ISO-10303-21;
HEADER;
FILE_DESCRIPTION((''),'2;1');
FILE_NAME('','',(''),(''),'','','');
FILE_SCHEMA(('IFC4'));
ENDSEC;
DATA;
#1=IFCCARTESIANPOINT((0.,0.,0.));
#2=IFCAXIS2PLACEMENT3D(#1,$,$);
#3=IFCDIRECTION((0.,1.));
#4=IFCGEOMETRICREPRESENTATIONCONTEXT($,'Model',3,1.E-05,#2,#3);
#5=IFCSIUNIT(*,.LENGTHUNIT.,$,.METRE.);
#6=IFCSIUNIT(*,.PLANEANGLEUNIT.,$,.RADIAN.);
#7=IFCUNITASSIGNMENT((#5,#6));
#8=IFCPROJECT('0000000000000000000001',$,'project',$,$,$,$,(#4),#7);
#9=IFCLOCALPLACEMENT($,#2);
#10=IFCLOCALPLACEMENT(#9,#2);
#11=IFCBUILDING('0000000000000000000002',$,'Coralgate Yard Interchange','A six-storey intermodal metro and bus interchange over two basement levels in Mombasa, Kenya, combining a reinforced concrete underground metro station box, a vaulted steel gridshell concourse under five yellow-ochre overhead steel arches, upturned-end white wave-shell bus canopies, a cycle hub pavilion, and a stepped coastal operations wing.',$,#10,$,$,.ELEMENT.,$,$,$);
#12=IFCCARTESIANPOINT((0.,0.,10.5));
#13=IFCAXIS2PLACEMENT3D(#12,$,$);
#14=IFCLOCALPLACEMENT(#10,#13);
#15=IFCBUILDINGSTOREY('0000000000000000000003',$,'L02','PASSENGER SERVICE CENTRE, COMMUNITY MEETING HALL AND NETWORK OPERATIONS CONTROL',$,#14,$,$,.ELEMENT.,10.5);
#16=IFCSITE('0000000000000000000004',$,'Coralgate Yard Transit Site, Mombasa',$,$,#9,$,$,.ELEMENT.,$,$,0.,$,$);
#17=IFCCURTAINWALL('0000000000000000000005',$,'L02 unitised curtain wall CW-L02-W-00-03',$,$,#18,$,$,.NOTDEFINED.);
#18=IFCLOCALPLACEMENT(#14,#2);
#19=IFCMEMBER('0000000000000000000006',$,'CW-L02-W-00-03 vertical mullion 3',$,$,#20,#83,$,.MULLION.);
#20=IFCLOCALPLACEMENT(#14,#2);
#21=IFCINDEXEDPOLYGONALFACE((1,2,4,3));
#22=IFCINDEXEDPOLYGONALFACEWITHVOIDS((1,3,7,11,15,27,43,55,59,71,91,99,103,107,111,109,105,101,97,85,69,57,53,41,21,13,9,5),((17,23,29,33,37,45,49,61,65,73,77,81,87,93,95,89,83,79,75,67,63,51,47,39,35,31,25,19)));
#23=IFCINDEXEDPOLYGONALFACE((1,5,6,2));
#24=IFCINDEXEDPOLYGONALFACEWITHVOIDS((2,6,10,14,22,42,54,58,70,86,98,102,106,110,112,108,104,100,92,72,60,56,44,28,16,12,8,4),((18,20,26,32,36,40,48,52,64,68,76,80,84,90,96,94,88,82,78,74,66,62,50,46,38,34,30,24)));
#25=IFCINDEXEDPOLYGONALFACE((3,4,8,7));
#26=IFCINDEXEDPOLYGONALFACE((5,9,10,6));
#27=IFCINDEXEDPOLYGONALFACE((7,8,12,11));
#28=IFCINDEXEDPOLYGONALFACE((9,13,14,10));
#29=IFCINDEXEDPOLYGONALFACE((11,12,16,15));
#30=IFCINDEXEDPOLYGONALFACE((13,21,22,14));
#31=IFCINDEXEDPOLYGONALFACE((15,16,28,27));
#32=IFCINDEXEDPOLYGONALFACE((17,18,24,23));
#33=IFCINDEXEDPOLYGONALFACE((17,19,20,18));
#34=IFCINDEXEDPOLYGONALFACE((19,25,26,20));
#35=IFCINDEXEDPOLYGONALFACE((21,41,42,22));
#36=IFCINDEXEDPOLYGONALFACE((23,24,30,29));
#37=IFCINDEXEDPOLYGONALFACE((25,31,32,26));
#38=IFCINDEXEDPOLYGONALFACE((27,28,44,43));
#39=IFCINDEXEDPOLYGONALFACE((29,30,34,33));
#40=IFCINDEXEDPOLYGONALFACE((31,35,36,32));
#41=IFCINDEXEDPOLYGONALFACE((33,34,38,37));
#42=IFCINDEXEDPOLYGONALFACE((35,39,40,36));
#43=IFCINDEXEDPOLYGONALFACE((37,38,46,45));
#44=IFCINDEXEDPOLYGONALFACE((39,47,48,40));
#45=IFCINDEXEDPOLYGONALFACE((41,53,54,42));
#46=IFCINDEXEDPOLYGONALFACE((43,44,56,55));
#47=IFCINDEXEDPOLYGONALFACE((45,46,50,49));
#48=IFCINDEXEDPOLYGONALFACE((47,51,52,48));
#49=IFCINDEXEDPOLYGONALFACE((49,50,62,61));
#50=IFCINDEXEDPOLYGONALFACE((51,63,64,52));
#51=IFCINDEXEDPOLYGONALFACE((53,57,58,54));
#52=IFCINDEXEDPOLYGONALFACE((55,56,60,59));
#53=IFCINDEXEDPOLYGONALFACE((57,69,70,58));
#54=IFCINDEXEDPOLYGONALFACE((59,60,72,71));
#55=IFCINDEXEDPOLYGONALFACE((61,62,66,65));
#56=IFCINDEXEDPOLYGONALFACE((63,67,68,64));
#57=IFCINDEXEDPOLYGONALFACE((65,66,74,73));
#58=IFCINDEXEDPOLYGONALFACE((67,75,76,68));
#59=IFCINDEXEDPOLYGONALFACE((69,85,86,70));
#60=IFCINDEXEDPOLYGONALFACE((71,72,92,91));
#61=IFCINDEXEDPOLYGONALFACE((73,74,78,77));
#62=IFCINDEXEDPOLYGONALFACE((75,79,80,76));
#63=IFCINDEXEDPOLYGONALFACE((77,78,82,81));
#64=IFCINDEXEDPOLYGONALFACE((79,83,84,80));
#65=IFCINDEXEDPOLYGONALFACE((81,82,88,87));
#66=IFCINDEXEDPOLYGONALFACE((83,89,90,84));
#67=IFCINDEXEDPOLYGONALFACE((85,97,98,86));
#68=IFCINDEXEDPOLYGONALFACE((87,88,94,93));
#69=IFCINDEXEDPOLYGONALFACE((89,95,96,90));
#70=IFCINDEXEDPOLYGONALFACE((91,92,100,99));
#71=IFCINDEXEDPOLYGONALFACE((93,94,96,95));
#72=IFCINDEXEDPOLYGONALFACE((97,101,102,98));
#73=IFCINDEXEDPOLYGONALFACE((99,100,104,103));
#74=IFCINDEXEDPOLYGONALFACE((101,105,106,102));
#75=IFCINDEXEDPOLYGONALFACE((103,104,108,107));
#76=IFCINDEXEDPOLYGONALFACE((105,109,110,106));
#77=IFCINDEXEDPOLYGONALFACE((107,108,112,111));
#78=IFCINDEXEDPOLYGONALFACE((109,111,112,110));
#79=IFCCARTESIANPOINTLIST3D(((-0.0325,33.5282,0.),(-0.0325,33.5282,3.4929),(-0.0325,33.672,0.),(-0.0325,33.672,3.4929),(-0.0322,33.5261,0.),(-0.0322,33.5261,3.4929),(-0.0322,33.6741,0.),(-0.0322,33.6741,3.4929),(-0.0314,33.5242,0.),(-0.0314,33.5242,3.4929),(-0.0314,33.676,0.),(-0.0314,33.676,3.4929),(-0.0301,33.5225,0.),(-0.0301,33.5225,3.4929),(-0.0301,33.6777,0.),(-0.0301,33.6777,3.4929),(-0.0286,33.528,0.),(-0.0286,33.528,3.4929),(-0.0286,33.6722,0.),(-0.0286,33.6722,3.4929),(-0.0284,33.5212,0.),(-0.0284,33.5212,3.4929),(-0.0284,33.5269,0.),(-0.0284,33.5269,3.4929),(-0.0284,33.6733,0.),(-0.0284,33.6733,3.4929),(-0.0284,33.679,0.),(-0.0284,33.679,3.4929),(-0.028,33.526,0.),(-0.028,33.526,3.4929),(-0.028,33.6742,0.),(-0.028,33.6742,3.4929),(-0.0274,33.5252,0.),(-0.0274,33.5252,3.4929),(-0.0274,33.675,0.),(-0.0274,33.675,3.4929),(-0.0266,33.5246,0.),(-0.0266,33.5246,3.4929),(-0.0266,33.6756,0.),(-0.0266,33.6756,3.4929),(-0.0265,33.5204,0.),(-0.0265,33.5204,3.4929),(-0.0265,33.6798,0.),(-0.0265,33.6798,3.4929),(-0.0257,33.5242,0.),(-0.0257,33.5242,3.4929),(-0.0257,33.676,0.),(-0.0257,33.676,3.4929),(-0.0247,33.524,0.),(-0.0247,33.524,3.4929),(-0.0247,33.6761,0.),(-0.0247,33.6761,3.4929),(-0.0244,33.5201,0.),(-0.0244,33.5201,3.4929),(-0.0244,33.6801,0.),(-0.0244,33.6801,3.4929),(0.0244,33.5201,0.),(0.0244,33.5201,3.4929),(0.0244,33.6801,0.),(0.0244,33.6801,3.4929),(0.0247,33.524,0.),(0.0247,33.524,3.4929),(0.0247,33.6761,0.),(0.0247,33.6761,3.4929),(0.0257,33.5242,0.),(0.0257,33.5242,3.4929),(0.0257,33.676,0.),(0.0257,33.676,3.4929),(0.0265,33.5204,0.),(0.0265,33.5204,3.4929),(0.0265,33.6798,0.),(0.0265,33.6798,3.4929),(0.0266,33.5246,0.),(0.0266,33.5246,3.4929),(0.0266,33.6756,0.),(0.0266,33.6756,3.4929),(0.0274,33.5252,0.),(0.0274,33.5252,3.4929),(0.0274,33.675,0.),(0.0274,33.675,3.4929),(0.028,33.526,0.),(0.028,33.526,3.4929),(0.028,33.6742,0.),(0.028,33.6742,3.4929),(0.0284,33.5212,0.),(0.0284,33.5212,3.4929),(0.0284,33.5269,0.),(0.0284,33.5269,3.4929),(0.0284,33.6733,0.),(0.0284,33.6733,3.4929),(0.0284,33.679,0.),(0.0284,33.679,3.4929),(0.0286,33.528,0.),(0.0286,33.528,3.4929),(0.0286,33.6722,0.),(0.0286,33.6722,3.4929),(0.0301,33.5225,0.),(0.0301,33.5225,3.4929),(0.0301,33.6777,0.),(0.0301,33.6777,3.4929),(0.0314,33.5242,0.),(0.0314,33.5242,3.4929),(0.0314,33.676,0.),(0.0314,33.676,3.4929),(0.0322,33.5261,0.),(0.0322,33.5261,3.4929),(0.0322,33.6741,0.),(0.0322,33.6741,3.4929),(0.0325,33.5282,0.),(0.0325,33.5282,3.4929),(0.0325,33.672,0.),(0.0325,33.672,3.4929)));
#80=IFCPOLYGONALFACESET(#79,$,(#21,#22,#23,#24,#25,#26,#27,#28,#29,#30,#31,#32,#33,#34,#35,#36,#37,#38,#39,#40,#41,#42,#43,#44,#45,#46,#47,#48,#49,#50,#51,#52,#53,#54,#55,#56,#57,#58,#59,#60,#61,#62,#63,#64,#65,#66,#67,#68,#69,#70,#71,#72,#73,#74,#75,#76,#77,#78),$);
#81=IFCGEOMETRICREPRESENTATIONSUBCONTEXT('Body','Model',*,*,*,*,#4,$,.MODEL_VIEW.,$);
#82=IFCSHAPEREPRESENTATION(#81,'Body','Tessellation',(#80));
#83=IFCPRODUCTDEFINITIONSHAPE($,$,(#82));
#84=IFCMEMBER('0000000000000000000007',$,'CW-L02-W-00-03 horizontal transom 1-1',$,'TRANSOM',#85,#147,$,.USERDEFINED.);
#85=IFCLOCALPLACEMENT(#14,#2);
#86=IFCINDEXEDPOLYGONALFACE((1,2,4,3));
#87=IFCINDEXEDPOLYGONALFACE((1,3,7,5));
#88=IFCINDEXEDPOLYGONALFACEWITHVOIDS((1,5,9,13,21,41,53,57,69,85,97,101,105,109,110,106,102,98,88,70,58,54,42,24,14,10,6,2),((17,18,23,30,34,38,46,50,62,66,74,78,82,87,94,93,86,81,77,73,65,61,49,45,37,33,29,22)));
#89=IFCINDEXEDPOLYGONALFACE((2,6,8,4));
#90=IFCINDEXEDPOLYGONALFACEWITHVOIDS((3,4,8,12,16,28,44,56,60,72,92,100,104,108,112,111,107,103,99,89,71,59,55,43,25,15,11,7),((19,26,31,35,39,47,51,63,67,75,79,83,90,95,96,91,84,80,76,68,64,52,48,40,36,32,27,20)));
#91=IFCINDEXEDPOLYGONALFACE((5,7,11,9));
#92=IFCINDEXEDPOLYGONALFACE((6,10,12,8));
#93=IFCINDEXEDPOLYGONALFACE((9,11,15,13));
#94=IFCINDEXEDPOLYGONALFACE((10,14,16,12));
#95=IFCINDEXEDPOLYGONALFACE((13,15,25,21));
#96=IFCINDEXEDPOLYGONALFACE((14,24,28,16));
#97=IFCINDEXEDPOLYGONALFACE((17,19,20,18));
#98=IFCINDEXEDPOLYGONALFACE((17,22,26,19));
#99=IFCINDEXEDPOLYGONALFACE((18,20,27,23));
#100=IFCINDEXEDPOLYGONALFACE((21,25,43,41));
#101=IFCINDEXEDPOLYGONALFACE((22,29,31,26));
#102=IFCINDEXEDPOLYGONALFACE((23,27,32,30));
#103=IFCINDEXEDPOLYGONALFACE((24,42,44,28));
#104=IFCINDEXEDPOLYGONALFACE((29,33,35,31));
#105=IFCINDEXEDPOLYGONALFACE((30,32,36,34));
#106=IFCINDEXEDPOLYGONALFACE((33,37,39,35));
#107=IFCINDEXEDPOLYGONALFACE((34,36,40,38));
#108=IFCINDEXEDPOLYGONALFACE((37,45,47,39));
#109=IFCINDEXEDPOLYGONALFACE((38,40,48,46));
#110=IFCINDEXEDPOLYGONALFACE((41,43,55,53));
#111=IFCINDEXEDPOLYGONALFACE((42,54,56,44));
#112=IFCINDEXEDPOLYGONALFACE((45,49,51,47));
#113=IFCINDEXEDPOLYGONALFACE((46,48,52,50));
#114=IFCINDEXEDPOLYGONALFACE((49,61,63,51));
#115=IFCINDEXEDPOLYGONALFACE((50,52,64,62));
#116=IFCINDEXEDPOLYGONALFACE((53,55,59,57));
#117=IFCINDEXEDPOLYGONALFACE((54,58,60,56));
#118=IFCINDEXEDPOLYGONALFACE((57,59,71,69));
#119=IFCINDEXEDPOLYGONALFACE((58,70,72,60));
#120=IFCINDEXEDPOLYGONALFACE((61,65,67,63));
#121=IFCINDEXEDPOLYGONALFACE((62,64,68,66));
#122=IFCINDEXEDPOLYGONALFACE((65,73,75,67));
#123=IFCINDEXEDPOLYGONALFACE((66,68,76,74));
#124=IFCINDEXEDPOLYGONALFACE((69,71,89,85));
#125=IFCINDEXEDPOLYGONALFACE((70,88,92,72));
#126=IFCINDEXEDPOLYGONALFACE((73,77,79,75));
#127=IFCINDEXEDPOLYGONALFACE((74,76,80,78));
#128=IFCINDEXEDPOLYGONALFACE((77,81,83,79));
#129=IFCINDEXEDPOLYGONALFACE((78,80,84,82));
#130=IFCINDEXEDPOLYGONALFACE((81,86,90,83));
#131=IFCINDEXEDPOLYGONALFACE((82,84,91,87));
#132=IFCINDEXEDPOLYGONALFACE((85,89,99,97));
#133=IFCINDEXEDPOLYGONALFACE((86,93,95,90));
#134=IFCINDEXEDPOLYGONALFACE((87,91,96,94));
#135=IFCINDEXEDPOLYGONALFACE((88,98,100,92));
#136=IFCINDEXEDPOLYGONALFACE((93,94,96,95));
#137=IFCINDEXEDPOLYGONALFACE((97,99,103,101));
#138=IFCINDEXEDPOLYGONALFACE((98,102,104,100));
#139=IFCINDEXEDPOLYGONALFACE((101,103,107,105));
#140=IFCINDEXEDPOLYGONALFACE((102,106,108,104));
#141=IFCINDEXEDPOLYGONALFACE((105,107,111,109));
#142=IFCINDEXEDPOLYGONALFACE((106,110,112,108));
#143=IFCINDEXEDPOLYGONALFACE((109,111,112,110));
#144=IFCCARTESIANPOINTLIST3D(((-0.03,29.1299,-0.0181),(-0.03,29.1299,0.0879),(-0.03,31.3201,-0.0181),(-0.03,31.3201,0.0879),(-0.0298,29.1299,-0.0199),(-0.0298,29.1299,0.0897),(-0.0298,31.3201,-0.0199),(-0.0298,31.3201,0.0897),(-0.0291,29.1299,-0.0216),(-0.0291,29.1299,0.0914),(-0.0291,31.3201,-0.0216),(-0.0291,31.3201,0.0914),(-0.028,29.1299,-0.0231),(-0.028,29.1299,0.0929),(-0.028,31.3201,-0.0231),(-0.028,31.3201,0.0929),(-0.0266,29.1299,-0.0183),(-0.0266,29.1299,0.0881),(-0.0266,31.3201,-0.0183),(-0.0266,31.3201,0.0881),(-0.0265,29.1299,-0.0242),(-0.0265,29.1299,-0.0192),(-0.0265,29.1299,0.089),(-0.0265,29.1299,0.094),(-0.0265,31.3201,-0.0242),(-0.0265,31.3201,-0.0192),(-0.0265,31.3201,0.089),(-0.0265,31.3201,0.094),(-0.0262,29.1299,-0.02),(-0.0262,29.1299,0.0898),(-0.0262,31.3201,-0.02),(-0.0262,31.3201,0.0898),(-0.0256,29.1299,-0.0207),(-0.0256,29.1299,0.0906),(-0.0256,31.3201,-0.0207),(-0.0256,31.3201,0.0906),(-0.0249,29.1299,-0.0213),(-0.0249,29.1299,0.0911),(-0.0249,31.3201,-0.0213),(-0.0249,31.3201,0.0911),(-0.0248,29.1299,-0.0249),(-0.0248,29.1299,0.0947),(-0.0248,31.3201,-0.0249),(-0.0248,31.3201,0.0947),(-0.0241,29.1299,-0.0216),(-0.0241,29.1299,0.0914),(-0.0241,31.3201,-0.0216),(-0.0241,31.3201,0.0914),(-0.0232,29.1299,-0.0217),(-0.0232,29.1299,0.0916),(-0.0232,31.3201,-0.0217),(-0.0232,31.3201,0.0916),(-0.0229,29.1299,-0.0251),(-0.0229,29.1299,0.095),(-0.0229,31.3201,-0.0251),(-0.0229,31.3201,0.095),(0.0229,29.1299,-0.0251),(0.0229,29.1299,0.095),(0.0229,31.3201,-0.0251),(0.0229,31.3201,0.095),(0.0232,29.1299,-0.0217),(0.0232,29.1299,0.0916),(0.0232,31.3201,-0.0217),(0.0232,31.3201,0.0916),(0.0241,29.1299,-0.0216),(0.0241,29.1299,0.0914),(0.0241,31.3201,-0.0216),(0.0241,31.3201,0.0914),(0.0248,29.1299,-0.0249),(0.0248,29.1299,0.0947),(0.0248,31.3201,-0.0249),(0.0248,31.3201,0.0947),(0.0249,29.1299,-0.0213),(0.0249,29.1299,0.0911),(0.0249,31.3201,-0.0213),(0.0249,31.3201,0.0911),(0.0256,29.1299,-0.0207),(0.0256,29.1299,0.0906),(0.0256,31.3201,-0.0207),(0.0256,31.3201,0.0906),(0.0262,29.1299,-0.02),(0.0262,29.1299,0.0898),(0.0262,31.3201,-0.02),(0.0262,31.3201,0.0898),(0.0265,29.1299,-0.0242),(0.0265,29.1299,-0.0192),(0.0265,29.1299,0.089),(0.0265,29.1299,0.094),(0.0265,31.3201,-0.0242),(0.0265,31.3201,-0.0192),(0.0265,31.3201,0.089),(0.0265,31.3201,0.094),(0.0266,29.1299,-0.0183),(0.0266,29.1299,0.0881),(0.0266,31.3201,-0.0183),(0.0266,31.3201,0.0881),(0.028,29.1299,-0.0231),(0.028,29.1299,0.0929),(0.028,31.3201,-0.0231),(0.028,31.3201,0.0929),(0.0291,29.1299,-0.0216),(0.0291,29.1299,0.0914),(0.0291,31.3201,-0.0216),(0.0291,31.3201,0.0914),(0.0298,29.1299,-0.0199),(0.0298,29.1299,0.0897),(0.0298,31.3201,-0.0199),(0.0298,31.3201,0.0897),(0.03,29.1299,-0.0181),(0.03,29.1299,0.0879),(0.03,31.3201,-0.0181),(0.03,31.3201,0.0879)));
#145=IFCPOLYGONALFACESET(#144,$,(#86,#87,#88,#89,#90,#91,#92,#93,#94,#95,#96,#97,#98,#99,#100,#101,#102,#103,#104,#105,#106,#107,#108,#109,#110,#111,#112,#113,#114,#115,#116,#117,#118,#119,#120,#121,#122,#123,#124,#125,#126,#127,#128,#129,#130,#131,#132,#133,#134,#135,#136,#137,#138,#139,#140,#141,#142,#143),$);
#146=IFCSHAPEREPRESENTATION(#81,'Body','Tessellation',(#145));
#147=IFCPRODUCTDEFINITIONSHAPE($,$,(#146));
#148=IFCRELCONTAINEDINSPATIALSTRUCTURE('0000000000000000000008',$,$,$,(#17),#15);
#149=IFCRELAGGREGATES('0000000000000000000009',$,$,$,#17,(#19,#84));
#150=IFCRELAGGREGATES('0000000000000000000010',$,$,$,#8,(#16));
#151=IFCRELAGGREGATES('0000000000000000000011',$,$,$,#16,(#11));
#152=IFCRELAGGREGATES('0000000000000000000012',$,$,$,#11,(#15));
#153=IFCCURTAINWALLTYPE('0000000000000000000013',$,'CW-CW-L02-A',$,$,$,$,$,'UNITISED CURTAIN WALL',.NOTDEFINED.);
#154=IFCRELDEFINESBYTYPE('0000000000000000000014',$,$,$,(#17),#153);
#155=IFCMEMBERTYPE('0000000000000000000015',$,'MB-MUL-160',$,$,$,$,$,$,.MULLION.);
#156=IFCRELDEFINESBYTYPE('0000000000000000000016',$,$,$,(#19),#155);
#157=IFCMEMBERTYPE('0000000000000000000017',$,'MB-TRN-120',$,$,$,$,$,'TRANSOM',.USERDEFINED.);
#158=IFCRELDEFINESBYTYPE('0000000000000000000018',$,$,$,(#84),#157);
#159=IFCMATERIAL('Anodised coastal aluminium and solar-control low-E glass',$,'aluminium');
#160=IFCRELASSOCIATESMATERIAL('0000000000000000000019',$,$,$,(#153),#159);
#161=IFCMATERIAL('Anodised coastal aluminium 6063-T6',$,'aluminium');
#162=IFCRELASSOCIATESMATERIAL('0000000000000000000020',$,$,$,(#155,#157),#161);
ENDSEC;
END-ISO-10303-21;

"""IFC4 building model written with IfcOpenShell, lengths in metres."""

from ifc_helpers import new_model, si_unit, direction, frame, origin, origin_2d, place, context, subcontext, project, spatial, hollow_rectangle, extrude, material, material_profile, profile_set, type_object, element, aggregate, save


model = new_model("IFC4")

# Units and contexts
model_context = context("Model", 3, precision=1e-05, world=origin(), true_north=direction((0.0, 1.0)))
body_context = subcontext(model_context, "Body", "Model", "MODEL_VIEW")
ifc_project = project(units=[si_unit("LENGTHUNIT", "METRE"), si_unit("PLANEANGLEUNIT", "RADIAN")], contexts=[model_context])

# Site, building, storey
site_placement = place(None, origin())
site = spatial("IfcSite", under=ifc_project, at=site_placement, Name="Coralgate Yard Transit Site, Mombasa", CompositionType="ELEMENT", RefElevation=0.0)
building_placement = place(site_placement, origin())
building = spatial("IfcBuilding", under=site, at=building_placement, Name="Coralgate Yard Interchange", Description="A six-storey intermodal metro and bus interchange over two basement levels in Mombasa, Kenya, combining a reinforced concrete underground metro station box, a vaulted steel gridshell concourse under five yellow-ochre overhead steel arches, upturned-end white wave-shell bus canopies, a cycle hub pavilion, and a stepped coastal operations wing.", CompositionType="ELEMENT")
storey_placement = place(building_placement, frame((0.0, 0.0, 10.5)))
storey = spatial("IfcBuildingStorey", under=building, at=storey_placement, Name="L02", Description="PASSENGER SERVICE CENTRE, COMMUNITY MEETING HALL AND NETWORK OPERATIONS CONTROL", CompositionType="ELEMENT", Elevation=10.5)

# Curtain wall, members
ifc_material_1 = material(Name="Anodised coastal aluminium and solar-control low-E glass", Category="aluminium")
curtain_wall_type = type_object("IfcCurtainWallType", Name="CW-CW-L02-A", ElementType="UNITISED CURTAIN WALL", PredefinedType="NOTDEFINED", material=ifc_material_1)
curtain_wall_placement = place(storey_placement, origin())
curtain_wall = element("IfcCurtainWall", 1, at=curtain_wall_placement, inside=storey, type_object=curtain_wall_type, Name="L02 unitised curtain wall CW-L02-W-00-03", PredefinedType="NOTDEFINED")
ifc_material_2 = material(Name="Anodised coastal aluminium 6063-T6", Category="aluminium")
ifc_material_profile_1 = material_profile(ifc_material_2, hollow_rectangle(XDim=0.0649, YDim=0.1599, WallThickness=0.0039, InnerFilletRadius=0.0039, OuterFilletRadius=0.0081, at=origin_2d()), Name="ALU 65x160x4")
ifc_profile_set_1 = profile_set([ifc_material_profile_1], Name="Anodised coastal aluminium 6063-T6")
member_type_1 = type_object("IfcMemberType", Name="MB-MUL-160", PredefinedType="MULLION", material=ifc_profile_set_1)
member_1_placement = place(storey_placement, frame((0.0, 33.6001, 0.0), z_axis=(0.0, 0.0, 1.0), x_axis=(1.0, 0.0, 0.0)))
member_1 = element("IfcMember", 2, at=member_1_placement, type_object=member_type_1, Name="CW-L02-W-00-03 vertical mullion 3", PredefinedType="MULLION", context=body_context, shape_type="SweptSolid", body=[
    extrude(hollow_rectangle(XDim=0.0649, YDim=0.1599, WallThickness=0.0039, InnerFilletRadius=0.0039, OuterFilletRadius=0.0081, at=origin_2d()), origin(), (0.0, 0.0, 1.0), 3.4929),
])
ifc_material_profile_2 = material_profile(ifc_material_2, hollow_rectangle(XDim=0.0601, YDim=0.1201, WallThickness=0.0034, InnerFilletRadius=0.0034, OuterFilletRadius=0.0071, at=origin_2d()), Name="ALU 60x120x3.5")
ifc_profile_set_2 = profile_set([ifc_material_profile_2], Name="Anodised coastal aluminium 6063-T6")
member_type_2 = type_object("IfcMemberType", Name="MB-TRN-120", ElementType="TRANSOM", PredefinedType="USERDEFINED", material=ifc_profile_set_2)
member_2_placement = place(storey_placement, frame((0.0, 29.1299, 0.0349), z_axis=(0.0, 1.0, 0.0), x_axis=(-1.0, 0.0, 0.0)))
member_2 = element("IfcMember", 3, at=member_2_placement, type_object=member_type_2, Name="CW-L02-W-00-03 horizontal transom 1-1", ObjectType="TRANSOM", PredefinedType="USERDEFINED", context=body_context, shape_type="SweptSolid", body=[
    extrude(hollow_rectangle(XDim=0.0601, YDim=0.1201, WallThickness=0.0034, InnerFilletRadius=0.0034, OuterFilletRadius=0.0071, at=origin_2d()), origin(), (0.0, 0.0, 1.0), 2.1902),
])
aggregate(curtain_wall, [member_1, member_2])

save(model, "model.ifc")
